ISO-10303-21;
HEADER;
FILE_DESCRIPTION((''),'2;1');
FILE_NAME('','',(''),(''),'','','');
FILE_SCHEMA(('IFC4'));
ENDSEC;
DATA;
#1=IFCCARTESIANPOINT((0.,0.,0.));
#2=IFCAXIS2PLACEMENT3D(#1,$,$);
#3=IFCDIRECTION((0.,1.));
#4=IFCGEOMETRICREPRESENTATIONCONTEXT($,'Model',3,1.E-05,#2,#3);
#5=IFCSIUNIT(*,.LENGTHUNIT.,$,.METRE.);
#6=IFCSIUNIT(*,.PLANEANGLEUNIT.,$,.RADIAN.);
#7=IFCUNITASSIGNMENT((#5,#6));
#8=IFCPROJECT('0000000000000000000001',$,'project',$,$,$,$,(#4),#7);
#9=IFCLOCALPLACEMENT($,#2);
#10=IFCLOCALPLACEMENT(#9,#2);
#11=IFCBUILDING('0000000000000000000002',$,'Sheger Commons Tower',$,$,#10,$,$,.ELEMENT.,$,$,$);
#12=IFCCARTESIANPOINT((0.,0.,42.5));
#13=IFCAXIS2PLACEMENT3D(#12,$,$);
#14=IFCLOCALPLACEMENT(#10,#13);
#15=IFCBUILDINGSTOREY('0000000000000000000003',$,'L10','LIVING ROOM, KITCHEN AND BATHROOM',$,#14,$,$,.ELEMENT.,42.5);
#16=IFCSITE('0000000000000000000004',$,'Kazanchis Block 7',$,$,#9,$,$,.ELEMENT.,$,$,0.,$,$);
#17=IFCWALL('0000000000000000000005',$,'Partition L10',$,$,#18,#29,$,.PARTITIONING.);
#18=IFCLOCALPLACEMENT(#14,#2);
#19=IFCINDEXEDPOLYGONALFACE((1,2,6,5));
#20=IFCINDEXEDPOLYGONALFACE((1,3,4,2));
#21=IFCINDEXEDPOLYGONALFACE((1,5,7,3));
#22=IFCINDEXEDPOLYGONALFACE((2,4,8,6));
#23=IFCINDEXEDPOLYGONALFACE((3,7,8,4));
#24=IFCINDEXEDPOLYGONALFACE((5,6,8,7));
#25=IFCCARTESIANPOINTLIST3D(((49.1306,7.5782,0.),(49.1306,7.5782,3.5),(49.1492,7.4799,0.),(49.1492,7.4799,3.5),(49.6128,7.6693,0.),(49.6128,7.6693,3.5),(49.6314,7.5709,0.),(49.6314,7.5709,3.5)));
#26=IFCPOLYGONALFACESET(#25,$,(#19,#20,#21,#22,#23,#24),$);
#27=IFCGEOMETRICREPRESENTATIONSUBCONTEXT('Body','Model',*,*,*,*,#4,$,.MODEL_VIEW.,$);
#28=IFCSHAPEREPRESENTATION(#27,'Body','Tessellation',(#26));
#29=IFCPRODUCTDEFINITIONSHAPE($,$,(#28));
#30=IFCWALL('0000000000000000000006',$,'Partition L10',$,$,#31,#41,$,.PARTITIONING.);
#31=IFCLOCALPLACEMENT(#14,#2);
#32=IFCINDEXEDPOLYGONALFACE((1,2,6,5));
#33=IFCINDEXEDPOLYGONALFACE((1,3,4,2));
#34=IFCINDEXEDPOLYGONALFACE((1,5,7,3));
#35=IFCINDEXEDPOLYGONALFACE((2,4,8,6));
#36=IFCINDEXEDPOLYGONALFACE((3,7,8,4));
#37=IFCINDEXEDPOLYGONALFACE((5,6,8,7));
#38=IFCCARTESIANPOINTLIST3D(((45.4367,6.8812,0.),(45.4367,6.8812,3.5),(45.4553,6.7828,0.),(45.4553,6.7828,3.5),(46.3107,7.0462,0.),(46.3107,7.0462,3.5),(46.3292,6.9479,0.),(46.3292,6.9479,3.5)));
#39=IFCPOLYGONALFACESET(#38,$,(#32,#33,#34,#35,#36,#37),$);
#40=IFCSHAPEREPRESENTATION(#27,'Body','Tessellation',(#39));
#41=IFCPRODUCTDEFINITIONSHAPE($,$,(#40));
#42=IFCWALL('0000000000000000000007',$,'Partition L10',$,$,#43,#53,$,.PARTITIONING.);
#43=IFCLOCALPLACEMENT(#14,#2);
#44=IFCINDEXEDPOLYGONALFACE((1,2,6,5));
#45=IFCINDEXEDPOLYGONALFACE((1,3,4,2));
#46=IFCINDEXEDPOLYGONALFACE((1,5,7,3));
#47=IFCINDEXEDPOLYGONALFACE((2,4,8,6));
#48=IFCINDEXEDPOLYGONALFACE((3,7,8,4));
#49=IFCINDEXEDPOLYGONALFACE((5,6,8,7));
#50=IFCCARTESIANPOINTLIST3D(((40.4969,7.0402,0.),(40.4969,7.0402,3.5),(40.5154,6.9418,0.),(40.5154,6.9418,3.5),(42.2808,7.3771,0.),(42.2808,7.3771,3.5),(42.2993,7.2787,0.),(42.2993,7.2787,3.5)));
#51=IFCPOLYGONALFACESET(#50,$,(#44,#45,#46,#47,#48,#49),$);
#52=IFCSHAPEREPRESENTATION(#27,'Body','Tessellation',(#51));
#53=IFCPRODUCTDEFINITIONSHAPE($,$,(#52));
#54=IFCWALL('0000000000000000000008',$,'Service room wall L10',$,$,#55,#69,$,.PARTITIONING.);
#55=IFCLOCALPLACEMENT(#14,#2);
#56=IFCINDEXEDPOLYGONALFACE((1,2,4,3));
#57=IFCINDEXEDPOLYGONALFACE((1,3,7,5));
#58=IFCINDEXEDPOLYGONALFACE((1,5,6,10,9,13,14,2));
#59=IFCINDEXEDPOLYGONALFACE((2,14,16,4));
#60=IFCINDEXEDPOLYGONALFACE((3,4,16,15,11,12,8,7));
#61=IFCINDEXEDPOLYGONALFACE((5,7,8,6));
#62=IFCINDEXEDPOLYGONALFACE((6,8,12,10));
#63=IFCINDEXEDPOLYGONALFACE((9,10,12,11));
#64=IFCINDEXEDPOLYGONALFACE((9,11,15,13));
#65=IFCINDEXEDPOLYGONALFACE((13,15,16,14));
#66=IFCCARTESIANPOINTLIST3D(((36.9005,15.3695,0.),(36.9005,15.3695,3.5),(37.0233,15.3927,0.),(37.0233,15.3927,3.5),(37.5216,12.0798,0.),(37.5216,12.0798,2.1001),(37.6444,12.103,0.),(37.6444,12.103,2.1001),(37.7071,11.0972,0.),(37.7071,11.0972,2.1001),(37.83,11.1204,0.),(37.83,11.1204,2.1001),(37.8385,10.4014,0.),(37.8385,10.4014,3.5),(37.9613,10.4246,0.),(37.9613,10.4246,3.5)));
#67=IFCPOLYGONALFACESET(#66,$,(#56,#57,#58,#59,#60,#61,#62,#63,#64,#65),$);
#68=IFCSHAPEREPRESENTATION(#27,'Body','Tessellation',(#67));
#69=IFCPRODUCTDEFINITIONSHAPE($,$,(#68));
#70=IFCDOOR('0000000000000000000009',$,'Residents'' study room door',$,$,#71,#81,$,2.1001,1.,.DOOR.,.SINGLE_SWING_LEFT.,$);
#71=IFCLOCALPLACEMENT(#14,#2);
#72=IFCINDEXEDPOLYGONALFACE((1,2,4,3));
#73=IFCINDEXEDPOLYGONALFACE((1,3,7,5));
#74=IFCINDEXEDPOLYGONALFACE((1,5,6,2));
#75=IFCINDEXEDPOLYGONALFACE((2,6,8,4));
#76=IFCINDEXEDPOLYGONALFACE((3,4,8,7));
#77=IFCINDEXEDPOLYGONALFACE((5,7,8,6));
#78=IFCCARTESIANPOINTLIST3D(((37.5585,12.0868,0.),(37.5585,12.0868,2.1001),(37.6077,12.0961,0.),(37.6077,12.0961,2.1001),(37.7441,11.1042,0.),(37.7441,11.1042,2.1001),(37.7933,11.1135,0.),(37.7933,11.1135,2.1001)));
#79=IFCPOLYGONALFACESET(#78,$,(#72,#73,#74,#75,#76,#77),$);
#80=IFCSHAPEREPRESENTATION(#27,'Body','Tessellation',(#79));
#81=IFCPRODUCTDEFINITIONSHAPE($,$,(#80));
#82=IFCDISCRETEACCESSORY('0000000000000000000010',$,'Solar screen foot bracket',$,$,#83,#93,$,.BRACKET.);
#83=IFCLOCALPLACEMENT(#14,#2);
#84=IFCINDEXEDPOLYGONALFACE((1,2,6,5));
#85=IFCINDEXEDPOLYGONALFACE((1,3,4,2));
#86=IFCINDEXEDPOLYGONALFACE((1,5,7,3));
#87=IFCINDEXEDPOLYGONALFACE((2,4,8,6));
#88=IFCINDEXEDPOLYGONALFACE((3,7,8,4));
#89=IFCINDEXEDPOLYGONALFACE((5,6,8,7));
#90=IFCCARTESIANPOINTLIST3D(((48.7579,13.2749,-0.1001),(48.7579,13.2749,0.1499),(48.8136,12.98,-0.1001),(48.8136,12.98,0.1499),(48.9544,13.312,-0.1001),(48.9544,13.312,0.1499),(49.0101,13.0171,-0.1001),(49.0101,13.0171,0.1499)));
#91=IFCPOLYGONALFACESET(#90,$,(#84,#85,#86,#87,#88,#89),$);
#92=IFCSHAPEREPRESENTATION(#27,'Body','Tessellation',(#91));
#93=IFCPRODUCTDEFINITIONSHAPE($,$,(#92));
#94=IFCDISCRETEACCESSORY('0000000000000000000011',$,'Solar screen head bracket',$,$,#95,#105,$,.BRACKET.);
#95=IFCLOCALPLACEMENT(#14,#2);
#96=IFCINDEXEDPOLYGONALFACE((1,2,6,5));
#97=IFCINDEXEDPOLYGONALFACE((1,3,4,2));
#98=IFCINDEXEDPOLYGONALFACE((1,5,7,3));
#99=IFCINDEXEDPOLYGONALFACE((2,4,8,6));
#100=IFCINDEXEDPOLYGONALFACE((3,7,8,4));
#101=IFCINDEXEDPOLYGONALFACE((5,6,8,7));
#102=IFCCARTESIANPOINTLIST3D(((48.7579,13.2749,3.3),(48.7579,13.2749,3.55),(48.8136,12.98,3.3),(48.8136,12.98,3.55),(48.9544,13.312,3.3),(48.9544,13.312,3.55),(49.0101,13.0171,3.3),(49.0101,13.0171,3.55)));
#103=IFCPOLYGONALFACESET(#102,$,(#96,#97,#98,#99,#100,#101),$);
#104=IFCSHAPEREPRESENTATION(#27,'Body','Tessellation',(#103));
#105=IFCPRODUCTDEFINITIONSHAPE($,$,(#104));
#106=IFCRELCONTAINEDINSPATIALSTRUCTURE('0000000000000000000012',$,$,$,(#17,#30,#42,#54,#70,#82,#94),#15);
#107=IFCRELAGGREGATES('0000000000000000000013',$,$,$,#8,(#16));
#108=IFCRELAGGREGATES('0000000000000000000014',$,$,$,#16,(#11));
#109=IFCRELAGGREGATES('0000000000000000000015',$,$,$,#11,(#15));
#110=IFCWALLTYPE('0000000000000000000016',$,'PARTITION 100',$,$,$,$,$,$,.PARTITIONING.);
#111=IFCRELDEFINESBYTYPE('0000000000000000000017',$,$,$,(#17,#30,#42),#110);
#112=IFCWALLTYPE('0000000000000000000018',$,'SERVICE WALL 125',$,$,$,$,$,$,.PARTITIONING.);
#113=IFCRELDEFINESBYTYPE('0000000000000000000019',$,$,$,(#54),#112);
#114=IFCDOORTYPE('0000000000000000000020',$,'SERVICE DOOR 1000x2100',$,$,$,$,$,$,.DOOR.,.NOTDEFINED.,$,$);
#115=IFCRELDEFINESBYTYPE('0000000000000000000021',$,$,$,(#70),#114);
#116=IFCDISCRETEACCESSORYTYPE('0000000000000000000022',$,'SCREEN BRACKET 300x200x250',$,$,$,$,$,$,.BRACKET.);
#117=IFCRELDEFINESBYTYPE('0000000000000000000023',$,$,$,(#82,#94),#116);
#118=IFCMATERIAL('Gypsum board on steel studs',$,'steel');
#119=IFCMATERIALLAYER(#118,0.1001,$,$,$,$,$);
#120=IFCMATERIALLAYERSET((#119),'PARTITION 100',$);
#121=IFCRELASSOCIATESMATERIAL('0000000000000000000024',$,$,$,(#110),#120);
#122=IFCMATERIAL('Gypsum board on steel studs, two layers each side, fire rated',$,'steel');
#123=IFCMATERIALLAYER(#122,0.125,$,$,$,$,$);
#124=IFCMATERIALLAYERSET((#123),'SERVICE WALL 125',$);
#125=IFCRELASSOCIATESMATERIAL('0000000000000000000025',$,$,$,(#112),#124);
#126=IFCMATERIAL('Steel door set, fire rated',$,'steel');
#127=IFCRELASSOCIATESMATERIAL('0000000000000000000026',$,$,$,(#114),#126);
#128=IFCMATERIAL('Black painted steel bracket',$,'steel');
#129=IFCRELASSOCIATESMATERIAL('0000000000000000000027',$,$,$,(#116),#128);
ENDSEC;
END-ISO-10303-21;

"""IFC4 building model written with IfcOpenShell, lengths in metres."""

from ifc_helpers import new_model, si_unit, direction, frame, frame_2d, origin, origin_2d, place, context, subcontext, project, spatial, rectangle, extrude, material, layer, layer_set, type_object, element, fill, save


model = new_model("IFC4")

# Units and contexts
model_context = context("Model", 3, precision=1e-05, world=origin(), true_north=direction((0.0, 1.0)))
body_context = subcontext(model_context, "Body", "Model", "MODEL_VIEW")
ifc_project = project(units=[si_unit("LENGTHUNIT", "METRE"), si_unit("PLANEANGLEUNIT", "RADIAN")], contexts=[model_context])

# Site, building, storey
site_placement = place(None, origin())
site = spatial("IfcSite", under=ifc_project, at=site_placement, Name="Kazanchis Block 7", CompositionType="ELEMENT", RefElevation=0.0)
building_placement = place(site_placement, origin())
building = spatial("IfcBuilding", under=site, at=building_placement, Name="Sheger Commons Tower", CompositionType="ELEMENT")
storey_placement = place(building_placement, frame((0.0, 0.0, 42.5)))
storey = spatial("IfcBuildingStorey", under=building, at=storey_placement, Name="L10", Description="LIVING ROOM, KITCHEN AND BATHROOM", CompositionType="ELEMENT", Elevation=42.5)

# Shared definitions
ifc_material_1 = material(Name="Gypsum board on steel studs", Category="steel")
ifc_layer_1 = layer(ifc_material_1, 0.1001)
ifc_layer_set_1 = layer_set([ifc_layer_1], Name="PARTITION 100")
wall_type_1 = type_object("IfcWallType", Name="PARTITION 100", PredefinedType="PARTITIONING", material=ifc_layer_set_1)

# Walls
wall_1_placement = place(storey_placement, frame((49.6221, 7.6201, 0.0), z_axis=(0.0, 0.0, 1.0), x_axis=(-0.982629, -0.18558, 0.0)))
element("IfcWall", 1, at=wall_1_placement, inside=storey, type_object=wall_type_1, Name="Partition L10", PredefinedType="PARTITIONING", context=body_context, shape_type="SweptSolid", body=[
    extrude(rectangle(XDim=0.4907, YDim=0.1001, at=frame_2d((0.2454, 0.0))), origin(), (0.0, 0.0, 1.0), 3.5),
])
wall_2_placement = place(storey_placement, frame((46.3201, 6.9971, 0.0), z_axis=(0.0, 0.0, 1.0), x_axis=(-0.982635, -0.185548, 0.0)))
element("IfcWall", 2, at=wall_2_placement, inside=storey, type_object=wall_type_1, Name="Partition L10", PredefinedType="PARTITIONING", context=body_context, shape_type="SweptSolid", body=[
    extrude(rectangle(XDim=0.8894, YDim=0.1001, at=frame_2d((0.4448, 0.0))), origin(), (0.0, 0.0, 1.0), 3.5),
])
wall_3_placement = place(storey_placement, frame((42.29, 7.3279, 0.0), z_axis=(0.0, 0.0, 1.0), x_axis=(-0.982629, -0.185579, 0.0)))
element("IfcWall", 3, at=wall_3_placement, inside=storey, type_object=wall_type_1, Name="Partition L10", PredefinedType="PARTITIONING", context=body_context, shape_type="SweptSolid", body=[
    extrude(rectangle(XDim=1.8154, YDim=0.1001, at=frame_2d((0.9077, 0.0))), origin(), (0.0, 0.0, 1.0), 3.5),
])

# Wall, opening, door
ifc_material_2 = material(Name="Gypsum board on steel studs, two layers each side, fire rated", Category="steel")
ifc_layer_2 = layer(ifc_material_2, 0.125)
ifc_layer_set_2 = layer_set([ifc_layer_2], Name="SERVICE WALL 125")
wall_type_2 = type_object("IfcWallType", Name="SERVICE WALL 125", PredefinedType="PARTITIONING", material=ifc_layer_set_2)
wall_4_placement = place(storey_placement, frame((37.8999, 10.4131, 0.0), z_axis=(0.0, 0.0, 1.0), x_axis=(-0.185528, 0.982639, 0.0)))
wall_4 = element("IfcWall", 4, at=wall_4_placement, inside=storey, type_object=wall_type_2, Name="Service room wall L10", PredefinedType="PARTITIONING", context=body_context, shape_type="SweptSolid", body=[
    extrude(rectangle(XDim=5.0559, YDim=0.125, at=frame_2d((2.5278, 0.0))), origin(), (0.0, 0.0, 1.0), 3.5),
])
opening_1_placement = place(wall_4_placement, frame((0.708, 0.0, 0.0)))
opening_1 = element("IfcOpeningElement", 5, at=opening_1_placement, cuts=wall_4, PredefinedType="OPENING", context=body_context, shape_type="SweptSolid", body=[
    extrude(rectangle(XDim=1.0, YDim=2.1001, at=frame_2d((0.5, 1.05))), frame((0.0, 0.0725, 0.0), z_axis=(0.0, -1.0, 0.0), x_axis=(1.0, 0.0, 0.0)), (0.0, 0.0, 1.0), 0.145),
])
ifc_material_3 = material(Name="Steel door set, fire rated", Category="steel")
door_type_1 = type_object("IfcDoorType", Name="SERVICE DOOR 1000x2100", OperationType="NOTDEFINED", PredefinedType="DOOR", material=ifc_material_3)
door_1_placement = place(opening_1_placement, origin())
door_1 = element("IfcDoor", 6, at=door_1_placement, inside=storey, type_object=door_type_1, Name="Residents' study room door", OperationType="SINGLE_SWING_LEFT", OverallHeight=2.1001, OverallWidth=1.0, PredefinedType="DOOR", context=body_context, shape_type="SweptSolid", body=[
    extrude(rectangle(XDim=1.0, YDim=2.1001, at=frame_2d((0.5, 1.05))), frame((0.0, 0.0249, 0.0), z_axis=(0.0, -1.0, 0.0), x_axis=(1.0, 0.0, 0.0)), (0.0, 0.0, 1.0), 0.05),
])
fill(opening_1, door_1)

# Discrete accessories
ifc_material_4 = material(Name="Black painted steel bracket", Category="steel")
discrete_accessory_type = type_object("IfcDiscreteAccessoryType", Name="SCREEN BRACKET 300x200x250", PredefinedType="BRACKET", material=ifc_material_4)
for number, where, z_axis, x_axis, name in (
    (7, (48.884, 13.146, -0.1001), (0.0, 0.0, 1.0), (-0.185615, 0.982623, 0.0), "Solar screen foot bracket"),
    (8, (48.884, 13.146, 3.3), (0.0, 0.0, 1.0), (-0.185615, 0.982623, 0.0), "Solar screen head bracket"),
):
    element("IfcDiscreteAccessory", number, at=place(storey_placement, frame(where, z_axis=z_axis, x_axis=x_axis)), inside=storey, type_object=discrete_accessory_type, Name=name, PredefinedType="BRACKET", context=body_context, shape_type="SweptSolid", body=[
        extrude(rectangle(XDim=0.3, YDim=0.2, at=origin_2d()), origin(), (0.0, 0.0, 1.0), 0.25),
    ])

save(model, "model.ifc")
